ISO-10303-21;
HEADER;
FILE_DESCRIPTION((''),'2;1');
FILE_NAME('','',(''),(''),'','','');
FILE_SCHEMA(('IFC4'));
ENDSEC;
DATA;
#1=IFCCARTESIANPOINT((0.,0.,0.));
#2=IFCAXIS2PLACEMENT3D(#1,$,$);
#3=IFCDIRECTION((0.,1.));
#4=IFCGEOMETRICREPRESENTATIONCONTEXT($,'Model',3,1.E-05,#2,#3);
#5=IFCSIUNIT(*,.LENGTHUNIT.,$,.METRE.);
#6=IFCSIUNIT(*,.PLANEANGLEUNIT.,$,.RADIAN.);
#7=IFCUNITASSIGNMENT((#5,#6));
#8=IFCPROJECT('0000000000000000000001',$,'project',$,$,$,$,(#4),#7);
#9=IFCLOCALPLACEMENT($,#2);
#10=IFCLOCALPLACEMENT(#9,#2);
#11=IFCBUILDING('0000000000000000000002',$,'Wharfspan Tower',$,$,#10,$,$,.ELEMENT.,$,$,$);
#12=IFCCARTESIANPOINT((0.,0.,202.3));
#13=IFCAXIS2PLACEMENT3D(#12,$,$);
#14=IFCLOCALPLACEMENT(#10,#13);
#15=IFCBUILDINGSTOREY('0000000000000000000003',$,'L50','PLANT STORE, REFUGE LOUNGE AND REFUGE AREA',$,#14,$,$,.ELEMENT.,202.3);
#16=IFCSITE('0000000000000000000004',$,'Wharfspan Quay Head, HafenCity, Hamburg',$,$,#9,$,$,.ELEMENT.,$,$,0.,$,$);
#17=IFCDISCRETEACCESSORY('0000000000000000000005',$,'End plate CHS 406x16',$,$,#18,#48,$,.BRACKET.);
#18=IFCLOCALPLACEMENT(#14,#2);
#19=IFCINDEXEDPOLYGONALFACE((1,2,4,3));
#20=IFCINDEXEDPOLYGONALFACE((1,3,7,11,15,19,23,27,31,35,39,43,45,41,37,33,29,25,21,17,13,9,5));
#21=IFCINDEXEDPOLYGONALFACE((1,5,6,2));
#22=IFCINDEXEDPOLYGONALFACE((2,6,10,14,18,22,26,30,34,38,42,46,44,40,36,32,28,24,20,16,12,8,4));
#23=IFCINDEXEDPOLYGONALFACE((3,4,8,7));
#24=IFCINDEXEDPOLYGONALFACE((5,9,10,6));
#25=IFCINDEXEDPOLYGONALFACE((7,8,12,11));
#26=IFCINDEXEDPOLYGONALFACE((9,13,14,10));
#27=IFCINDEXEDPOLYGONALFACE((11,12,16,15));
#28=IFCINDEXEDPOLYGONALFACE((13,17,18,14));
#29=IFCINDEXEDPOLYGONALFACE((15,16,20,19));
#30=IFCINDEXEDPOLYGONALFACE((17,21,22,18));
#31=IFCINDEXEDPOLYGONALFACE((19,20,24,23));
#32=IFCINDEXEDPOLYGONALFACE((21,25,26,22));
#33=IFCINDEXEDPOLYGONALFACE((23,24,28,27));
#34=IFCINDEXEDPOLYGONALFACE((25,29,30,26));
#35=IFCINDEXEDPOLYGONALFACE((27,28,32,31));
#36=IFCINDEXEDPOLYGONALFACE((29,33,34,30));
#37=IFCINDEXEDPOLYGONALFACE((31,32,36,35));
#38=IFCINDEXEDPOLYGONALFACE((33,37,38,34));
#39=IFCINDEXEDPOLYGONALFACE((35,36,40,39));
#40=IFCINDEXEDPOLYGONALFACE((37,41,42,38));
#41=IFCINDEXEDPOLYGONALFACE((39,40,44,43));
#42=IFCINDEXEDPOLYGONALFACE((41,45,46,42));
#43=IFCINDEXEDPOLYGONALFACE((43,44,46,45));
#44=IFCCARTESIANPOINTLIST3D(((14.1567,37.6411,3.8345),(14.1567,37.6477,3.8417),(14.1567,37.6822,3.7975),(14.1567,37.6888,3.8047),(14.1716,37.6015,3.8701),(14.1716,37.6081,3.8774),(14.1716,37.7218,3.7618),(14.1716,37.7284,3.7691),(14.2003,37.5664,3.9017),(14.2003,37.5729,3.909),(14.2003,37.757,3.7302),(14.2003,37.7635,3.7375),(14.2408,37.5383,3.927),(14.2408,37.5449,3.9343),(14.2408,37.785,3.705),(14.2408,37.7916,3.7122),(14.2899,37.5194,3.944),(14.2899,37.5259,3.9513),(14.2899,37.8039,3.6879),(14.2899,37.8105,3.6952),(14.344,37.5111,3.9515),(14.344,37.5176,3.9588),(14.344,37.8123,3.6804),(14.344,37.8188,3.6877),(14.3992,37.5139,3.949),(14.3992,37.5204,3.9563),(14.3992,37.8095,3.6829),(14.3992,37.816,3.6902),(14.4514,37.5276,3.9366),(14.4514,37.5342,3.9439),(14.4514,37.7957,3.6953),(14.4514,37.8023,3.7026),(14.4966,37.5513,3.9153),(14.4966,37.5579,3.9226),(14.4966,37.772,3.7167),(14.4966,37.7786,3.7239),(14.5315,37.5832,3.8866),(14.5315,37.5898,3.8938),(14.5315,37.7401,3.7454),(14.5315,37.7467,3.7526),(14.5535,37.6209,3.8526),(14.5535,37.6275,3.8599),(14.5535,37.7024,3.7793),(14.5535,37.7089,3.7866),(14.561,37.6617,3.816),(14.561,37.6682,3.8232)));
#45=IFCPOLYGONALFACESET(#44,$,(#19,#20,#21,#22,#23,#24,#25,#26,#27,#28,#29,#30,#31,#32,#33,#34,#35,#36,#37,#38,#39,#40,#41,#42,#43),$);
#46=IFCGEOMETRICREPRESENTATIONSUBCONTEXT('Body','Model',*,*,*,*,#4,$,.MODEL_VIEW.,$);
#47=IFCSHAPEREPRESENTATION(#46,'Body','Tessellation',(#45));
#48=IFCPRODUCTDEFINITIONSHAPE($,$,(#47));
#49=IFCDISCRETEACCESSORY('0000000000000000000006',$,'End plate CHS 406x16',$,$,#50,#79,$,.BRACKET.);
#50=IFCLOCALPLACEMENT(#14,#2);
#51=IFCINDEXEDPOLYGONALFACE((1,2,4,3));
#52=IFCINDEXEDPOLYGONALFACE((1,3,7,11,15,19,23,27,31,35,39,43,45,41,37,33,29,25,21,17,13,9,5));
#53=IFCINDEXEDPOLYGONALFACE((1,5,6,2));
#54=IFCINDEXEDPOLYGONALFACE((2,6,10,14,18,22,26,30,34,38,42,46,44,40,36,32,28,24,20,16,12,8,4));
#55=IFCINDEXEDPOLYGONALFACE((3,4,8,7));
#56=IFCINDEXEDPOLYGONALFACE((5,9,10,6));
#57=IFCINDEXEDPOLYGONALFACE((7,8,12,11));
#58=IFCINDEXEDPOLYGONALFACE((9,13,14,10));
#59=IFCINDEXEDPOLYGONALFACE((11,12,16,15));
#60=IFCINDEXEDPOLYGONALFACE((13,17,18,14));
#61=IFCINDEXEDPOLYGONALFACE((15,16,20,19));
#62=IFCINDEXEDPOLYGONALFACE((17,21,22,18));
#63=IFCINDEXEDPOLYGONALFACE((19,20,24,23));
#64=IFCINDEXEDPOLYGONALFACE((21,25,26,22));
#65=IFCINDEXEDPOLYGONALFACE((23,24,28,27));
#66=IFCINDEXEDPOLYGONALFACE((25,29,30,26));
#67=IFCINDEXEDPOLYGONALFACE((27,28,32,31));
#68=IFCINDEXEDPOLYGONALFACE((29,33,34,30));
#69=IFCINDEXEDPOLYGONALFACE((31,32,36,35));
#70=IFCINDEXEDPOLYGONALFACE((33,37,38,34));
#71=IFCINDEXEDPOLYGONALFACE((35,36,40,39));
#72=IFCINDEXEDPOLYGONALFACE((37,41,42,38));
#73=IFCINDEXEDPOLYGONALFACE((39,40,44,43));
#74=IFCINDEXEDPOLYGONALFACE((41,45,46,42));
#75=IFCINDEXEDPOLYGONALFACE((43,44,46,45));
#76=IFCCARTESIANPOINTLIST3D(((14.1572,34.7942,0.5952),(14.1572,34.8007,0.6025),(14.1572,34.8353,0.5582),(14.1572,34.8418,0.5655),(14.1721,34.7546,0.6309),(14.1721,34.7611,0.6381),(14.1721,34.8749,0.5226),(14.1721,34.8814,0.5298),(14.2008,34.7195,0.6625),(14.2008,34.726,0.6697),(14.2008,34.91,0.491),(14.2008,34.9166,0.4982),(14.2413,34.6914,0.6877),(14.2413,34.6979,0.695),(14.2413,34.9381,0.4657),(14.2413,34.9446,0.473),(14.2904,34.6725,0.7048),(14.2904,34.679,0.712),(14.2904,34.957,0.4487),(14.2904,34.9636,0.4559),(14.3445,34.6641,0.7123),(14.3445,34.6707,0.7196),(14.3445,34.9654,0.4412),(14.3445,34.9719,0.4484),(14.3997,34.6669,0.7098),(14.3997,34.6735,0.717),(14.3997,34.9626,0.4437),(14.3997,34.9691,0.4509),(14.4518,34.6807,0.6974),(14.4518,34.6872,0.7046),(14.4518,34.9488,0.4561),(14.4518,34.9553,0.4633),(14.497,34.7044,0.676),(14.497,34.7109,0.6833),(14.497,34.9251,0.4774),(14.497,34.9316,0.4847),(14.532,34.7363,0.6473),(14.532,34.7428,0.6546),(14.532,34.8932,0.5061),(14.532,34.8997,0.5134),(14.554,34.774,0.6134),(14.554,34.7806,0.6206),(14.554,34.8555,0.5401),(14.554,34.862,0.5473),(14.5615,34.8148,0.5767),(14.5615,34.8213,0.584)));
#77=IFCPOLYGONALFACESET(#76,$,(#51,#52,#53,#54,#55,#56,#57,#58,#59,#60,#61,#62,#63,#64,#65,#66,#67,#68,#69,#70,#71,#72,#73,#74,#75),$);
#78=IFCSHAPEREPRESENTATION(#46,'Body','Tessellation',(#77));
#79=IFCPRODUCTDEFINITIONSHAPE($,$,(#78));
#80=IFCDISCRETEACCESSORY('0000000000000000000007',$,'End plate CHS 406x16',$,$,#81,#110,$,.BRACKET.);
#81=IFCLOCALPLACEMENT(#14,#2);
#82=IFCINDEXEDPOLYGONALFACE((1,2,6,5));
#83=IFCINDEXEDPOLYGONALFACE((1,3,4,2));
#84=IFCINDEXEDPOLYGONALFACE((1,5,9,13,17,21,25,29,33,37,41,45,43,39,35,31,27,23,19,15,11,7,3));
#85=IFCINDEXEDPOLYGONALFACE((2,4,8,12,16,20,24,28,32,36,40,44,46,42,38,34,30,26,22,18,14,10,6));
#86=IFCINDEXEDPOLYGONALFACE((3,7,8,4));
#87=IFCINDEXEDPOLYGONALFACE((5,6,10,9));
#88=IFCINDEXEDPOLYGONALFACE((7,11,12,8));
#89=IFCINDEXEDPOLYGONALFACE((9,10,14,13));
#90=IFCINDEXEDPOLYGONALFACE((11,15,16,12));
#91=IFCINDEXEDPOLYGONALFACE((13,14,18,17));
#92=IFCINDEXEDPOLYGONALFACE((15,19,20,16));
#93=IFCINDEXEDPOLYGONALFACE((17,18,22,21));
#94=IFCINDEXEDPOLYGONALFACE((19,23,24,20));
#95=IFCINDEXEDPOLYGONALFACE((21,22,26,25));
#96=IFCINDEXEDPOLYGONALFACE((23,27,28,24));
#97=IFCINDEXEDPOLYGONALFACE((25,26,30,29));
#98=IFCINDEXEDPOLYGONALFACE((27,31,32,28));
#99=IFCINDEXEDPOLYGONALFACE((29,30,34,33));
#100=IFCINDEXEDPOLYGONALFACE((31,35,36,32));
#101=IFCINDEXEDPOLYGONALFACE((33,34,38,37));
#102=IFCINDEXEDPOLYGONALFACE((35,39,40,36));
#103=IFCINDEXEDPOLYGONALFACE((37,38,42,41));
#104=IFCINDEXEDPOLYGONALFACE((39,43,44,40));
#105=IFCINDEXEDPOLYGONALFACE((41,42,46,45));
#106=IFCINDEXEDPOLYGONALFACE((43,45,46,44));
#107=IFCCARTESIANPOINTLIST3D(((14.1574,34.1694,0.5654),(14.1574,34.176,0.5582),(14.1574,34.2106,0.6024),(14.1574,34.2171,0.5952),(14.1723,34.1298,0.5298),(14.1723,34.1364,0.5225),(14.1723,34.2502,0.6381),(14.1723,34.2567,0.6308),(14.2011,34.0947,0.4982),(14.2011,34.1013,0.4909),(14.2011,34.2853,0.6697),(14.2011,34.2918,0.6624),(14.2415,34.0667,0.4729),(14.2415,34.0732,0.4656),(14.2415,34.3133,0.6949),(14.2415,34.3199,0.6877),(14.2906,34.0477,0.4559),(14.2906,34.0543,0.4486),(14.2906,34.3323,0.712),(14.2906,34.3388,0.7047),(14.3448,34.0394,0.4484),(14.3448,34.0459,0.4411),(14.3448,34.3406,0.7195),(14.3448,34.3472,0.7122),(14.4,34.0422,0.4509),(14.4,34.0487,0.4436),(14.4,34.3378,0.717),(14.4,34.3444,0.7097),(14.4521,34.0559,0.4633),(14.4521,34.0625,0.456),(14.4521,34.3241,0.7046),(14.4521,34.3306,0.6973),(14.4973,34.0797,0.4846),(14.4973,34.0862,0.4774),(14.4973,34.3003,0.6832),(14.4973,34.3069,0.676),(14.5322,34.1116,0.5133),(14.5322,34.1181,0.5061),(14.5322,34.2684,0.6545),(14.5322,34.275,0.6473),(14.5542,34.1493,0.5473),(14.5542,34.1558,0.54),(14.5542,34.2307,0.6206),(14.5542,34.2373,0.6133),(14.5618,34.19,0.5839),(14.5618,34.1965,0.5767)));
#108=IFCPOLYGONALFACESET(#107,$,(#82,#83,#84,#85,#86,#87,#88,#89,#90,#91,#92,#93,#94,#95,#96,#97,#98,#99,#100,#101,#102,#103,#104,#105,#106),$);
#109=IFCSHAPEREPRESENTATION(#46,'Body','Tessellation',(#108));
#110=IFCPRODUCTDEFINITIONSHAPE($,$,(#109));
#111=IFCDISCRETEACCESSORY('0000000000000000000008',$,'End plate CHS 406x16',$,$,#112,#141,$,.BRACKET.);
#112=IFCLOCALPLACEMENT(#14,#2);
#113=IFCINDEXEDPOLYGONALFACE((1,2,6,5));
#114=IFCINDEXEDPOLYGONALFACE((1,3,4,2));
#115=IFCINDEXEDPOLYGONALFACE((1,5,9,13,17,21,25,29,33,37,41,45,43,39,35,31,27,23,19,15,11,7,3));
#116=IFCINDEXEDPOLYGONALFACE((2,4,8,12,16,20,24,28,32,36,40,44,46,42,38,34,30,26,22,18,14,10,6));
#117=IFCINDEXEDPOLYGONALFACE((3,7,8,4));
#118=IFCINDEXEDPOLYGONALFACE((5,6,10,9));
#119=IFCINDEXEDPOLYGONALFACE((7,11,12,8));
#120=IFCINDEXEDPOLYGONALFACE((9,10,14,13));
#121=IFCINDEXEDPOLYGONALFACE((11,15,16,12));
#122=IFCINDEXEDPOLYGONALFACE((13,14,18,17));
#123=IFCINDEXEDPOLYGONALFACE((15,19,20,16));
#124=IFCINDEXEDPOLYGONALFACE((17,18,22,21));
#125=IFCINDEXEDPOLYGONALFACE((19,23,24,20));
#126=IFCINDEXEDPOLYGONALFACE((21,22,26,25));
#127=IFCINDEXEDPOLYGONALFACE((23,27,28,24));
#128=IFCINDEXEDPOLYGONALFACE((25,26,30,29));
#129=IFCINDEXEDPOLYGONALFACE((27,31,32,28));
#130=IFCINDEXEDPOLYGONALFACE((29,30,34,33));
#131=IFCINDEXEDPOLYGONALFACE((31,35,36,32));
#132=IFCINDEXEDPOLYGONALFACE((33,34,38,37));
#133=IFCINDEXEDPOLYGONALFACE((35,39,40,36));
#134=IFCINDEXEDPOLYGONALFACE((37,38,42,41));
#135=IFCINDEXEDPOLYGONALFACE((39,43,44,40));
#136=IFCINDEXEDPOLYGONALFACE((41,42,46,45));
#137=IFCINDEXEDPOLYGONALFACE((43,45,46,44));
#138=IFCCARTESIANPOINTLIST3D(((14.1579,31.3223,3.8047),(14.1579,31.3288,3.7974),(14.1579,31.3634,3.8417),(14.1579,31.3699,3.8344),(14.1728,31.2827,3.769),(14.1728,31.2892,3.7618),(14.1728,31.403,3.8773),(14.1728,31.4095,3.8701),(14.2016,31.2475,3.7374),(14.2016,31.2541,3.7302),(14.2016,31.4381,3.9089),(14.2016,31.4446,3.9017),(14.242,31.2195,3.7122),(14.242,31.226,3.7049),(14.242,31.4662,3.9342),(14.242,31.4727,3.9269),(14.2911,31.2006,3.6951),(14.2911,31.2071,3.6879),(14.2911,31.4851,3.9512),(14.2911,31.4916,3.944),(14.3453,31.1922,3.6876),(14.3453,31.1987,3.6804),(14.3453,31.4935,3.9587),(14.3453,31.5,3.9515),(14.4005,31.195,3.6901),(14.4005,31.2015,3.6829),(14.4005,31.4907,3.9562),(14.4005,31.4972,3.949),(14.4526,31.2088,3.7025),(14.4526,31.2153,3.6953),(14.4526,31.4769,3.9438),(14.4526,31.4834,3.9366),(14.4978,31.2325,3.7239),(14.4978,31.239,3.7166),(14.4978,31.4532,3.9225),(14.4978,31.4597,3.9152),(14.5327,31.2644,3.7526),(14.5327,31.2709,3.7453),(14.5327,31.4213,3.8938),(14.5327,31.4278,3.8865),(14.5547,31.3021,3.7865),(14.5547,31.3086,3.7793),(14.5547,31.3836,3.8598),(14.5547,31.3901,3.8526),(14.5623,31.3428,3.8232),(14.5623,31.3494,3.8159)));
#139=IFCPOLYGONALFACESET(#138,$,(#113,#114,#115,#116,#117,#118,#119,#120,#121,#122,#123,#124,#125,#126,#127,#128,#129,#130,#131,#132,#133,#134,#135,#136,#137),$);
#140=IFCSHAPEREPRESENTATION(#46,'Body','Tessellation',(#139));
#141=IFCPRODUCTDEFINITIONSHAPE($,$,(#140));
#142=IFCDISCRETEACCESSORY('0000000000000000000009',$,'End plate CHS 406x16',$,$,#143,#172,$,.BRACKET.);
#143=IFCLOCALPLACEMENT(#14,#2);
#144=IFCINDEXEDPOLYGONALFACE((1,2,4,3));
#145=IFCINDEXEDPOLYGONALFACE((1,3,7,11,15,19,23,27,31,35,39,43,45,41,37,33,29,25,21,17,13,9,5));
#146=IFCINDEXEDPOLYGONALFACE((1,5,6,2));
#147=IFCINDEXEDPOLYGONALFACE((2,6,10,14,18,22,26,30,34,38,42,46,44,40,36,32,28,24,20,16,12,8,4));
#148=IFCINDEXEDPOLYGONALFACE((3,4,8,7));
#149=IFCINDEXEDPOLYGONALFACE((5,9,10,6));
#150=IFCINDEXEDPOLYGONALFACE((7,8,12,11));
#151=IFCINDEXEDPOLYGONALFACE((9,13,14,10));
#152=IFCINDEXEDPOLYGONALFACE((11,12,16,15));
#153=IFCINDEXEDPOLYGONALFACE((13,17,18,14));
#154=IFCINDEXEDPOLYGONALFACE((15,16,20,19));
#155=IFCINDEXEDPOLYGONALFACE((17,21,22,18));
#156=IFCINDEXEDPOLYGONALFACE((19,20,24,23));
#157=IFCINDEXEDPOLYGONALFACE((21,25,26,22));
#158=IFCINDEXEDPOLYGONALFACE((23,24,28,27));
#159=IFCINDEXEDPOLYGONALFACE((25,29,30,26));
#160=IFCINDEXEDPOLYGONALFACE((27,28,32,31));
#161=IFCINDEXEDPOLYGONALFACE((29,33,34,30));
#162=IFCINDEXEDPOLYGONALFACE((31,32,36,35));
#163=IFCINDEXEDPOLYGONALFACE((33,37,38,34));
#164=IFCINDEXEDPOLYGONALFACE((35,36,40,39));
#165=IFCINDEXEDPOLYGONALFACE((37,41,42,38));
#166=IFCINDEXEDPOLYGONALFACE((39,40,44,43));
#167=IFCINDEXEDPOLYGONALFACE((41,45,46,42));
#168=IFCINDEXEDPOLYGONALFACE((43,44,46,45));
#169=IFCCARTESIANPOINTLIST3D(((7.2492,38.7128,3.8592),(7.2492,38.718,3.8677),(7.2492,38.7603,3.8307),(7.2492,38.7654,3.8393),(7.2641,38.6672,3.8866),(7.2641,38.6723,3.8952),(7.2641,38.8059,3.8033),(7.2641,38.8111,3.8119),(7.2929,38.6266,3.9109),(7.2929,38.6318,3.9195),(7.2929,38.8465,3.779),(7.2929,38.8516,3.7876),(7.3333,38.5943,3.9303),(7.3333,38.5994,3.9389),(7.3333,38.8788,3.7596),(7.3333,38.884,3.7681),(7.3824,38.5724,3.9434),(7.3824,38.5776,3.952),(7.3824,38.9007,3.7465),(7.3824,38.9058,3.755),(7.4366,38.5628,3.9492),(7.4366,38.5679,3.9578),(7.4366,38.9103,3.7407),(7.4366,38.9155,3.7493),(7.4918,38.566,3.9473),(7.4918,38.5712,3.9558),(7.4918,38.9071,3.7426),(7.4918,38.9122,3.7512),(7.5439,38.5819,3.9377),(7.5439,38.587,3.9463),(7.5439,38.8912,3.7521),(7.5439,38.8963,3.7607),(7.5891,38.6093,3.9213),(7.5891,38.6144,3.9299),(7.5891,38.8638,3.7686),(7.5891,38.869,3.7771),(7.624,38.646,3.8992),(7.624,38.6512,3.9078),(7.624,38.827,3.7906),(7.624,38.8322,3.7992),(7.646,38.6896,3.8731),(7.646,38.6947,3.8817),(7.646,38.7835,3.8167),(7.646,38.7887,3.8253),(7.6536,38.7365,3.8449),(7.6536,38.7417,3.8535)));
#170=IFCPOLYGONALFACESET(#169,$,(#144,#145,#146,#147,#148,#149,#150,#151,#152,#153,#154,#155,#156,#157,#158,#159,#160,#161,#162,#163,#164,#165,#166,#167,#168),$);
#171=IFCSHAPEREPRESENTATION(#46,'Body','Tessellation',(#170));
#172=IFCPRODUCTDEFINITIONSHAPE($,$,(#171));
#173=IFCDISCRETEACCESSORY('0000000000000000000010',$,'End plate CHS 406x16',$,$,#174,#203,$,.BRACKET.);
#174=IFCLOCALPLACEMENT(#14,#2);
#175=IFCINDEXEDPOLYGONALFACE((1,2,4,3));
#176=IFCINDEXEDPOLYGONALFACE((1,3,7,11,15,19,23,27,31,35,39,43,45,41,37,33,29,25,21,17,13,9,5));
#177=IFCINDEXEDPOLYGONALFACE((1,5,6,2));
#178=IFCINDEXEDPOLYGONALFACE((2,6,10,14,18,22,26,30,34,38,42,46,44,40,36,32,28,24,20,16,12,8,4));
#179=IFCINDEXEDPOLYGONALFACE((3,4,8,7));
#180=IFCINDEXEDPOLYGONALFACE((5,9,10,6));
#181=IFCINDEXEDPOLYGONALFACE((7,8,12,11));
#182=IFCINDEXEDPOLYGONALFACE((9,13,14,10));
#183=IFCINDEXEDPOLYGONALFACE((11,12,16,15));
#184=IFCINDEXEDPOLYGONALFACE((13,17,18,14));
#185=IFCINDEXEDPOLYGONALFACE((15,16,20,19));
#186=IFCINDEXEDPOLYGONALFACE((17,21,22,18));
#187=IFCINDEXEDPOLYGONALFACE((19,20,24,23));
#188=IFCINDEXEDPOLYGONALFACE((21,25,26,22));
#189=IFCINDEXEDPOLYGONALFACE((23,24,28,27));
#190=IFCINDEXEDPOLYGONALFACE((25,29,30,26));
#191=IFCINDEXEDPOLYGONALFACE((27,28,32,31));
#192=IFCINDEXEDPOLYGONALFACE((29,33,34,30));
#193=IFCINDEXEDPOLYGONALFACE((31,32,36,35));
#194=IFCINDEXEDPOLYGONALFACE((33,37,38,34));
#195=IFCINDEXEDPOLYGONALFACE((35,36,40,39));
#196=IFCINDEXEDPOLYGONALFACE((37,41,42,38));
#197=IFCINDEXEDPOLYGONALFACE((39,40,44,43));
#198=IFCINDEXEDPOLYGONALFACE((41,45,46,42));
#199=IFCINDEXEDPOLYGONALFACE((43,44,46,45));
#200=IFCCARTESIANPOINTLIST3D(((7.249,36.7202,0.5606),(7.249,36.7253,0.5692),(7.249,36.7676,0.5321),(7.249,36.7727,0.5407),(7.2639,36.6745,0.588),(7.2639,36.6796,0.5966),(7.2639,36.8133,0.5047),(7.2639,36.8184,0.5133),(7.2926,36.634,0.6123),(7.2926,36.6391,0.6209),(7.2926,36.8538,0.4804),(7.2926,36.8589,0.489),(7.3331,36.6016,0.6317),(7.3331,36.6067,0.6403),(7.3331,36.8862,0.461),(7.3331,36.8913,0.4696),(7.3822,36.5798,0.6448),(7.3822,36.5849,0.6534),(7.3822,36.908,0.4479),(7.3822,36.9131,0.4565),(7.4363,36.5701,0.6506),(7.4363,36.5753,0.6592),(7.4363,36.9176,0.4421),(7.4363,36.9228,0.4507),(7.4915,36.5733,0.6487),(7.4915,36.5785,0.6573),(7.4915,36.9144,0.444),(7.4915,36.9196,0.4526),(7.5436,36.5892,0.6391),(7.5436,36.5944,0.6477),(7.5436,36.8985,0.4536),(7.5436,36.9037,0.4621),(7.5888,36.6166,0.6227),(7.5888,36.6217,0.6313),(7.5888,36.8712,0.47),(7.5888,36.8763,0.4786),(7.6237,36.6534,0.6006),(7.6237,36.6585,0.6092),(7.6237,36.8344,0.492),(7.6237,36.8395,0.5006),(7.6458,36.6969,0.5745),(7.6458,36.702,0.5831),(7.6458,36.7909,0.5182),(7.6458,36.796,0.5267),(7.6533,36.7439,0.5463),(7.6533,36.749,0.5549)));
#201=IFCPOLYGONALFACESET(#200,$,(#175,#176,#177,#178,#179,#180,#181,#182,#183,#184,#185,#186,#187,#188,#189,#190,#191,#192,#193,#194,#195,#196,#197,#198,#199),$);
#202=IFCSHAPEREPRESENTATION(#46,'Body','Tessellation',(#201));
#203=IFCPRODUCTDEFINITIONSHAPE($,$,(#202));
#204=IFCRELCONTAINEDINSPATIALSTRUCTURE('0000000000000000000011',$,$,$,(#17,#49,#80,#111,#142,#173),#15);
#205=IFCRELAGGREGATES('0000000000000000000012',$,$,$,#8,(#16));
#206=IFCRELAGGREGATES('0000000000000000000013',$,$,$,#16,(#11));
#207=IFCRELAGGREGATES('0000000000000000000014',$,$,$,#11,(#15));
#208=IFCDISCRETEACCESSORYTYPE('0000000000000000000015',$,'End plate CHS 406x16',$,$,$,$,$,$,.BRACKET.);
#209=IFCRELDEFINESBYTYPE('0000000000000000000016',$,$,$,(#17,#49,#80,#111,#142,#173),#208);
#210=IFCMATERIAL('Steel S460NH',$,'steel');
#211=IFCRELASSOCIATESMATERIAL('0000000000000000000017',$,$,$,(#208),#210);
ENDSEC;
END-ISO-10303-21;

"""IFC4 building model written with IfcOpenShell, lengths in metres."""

from ifc_helpers import new_model, si_unit, direction, frame, origin, origin_2d, place, context, subcontext, project, spatial, circle, extrude, material, material_profile, profile_set, type_object, element, save


model = new_model("IFC4")

# Units and contexts
model_context = context("Model", 3, precision=1e-05, world=origin(), true_north=direction((0.0, 1.0)))
body_context = subcontext(model_context, "Body", "Model", "MODEL_VIEW")
ifc_project = project(units=[si_unit("LENGTHUNIT", "METRE"), si_unit("PLANEANGLEUNIT", "RADIAN")], contexts=[model_context])

# Site, building, storey
site_placement = place(None, origin())
site = spatial("IfcSite", under=ifc_project, at=site_placement, Name="Wharfspan Quay Head, HafenCity, Hamburg", CompositionType="ELEMENT", RefElevation=0.0)
building_placement = place(site_placement, origin())
building = spatial("IfcBuilding", under=site, at=building_placement, Name="Wharfspan Tower", CompositionType="ELEMENT")
storey_placement = place(building_placement, frame((0.0, 0.0, 202.3)))
storey = spatial("IfcBuildingStorey", under=building, at=storey_placement, Name="L50", Description="PLANT STORE, REFUGE LOUNGE AND REFUGE AREA", CompositionType="ELEMENT", Elevation=202.3)

# Shared definitions
ifc_material_1 = material(Name="Steel S460NH", Category="steel")

# Discrete accessories
ifc_material_profile_1 = material_profile(ifc_material_1, circle(Radius=0.2031, at=origin_2d()))
ifc_profile_set_1 = profile_set([ifc_material_profile_1], Name="Steel S460NH")
discrete_accessory_type_1 = type_object("IfcDiscreteAccessoryType", Name="End plate CHS 406x16", PredefinedType="BRACKET", material=ifc_profile_set_1)
for number, where, z_axis, x_axis, name in (
    (1, (14.3579, 37.6682, 3.8232), (0.0, -0.668965, -0.743294), (1.0, 0.0, 0.0), "End plate CHS 406x16"),
    (2, (14.3584, 34.8213, 0.584), (0.0, -0.668965, -0.743294), (1.0, 0.0, 0.0), "End plate CHS 406x16"),
    (3, (14.3586, 34.1965, 0.5767), (0.0, -0.668965, 0.743294), (1.0, 0.0, 0.0), "End plate CHS 406x16"),
    (4, (14.3591, 31.3494, 3.8159), (0.0, -0.668965, 0.743294), (1.0, 0.0, 0.0), "End plate CHS 406x16"),
):
    element("IfcDiscreteAccessory", number, at=place(storey_placement, frame(where, z_axis=z_axis, x_axis=x_axis)), inside=storey, type_object=discrete_accessory_type_1, Name=name, PredefinedType="BRACKET", context=body_context, shape_type="SweptSolid", body=[
        extrude(circle(Radius=0.2031, at=origin_2d()), origin(), (0.0, 0.0, 1.0), 0.0098),
    ])
for number, where, z_axis, x_axis, name in (
    (5, (7.4504, 38.7417, 3.8535), (0.0, -0.514496, -0.857493), (1.0, 0.0, 0.0), "End plate CHS 406x16"),
    (6, (7.4502, 36.749, 0.5549), (0.0, -0.514496, -0.857493), (1.0, 0.0, 0.0), "End plate CHS 406x16"),
):
    element("IfcDiscreteAccessory", number, at=place(storey_placement, frame(where, z_axis=z_axis, x_axis=x_axis)), inside=storey, type_object=discrete_accessory_type_1, Name=name, PredefinedType="BRACKET", context=body_context, shape_type="SweptSolid", body=[
        extrude(circle(Radius=0.2031, at=origin_2d()), origin(), (0.0, 0.0, 1.0), 0.01),
    ])

save(model, "model.ifc")
